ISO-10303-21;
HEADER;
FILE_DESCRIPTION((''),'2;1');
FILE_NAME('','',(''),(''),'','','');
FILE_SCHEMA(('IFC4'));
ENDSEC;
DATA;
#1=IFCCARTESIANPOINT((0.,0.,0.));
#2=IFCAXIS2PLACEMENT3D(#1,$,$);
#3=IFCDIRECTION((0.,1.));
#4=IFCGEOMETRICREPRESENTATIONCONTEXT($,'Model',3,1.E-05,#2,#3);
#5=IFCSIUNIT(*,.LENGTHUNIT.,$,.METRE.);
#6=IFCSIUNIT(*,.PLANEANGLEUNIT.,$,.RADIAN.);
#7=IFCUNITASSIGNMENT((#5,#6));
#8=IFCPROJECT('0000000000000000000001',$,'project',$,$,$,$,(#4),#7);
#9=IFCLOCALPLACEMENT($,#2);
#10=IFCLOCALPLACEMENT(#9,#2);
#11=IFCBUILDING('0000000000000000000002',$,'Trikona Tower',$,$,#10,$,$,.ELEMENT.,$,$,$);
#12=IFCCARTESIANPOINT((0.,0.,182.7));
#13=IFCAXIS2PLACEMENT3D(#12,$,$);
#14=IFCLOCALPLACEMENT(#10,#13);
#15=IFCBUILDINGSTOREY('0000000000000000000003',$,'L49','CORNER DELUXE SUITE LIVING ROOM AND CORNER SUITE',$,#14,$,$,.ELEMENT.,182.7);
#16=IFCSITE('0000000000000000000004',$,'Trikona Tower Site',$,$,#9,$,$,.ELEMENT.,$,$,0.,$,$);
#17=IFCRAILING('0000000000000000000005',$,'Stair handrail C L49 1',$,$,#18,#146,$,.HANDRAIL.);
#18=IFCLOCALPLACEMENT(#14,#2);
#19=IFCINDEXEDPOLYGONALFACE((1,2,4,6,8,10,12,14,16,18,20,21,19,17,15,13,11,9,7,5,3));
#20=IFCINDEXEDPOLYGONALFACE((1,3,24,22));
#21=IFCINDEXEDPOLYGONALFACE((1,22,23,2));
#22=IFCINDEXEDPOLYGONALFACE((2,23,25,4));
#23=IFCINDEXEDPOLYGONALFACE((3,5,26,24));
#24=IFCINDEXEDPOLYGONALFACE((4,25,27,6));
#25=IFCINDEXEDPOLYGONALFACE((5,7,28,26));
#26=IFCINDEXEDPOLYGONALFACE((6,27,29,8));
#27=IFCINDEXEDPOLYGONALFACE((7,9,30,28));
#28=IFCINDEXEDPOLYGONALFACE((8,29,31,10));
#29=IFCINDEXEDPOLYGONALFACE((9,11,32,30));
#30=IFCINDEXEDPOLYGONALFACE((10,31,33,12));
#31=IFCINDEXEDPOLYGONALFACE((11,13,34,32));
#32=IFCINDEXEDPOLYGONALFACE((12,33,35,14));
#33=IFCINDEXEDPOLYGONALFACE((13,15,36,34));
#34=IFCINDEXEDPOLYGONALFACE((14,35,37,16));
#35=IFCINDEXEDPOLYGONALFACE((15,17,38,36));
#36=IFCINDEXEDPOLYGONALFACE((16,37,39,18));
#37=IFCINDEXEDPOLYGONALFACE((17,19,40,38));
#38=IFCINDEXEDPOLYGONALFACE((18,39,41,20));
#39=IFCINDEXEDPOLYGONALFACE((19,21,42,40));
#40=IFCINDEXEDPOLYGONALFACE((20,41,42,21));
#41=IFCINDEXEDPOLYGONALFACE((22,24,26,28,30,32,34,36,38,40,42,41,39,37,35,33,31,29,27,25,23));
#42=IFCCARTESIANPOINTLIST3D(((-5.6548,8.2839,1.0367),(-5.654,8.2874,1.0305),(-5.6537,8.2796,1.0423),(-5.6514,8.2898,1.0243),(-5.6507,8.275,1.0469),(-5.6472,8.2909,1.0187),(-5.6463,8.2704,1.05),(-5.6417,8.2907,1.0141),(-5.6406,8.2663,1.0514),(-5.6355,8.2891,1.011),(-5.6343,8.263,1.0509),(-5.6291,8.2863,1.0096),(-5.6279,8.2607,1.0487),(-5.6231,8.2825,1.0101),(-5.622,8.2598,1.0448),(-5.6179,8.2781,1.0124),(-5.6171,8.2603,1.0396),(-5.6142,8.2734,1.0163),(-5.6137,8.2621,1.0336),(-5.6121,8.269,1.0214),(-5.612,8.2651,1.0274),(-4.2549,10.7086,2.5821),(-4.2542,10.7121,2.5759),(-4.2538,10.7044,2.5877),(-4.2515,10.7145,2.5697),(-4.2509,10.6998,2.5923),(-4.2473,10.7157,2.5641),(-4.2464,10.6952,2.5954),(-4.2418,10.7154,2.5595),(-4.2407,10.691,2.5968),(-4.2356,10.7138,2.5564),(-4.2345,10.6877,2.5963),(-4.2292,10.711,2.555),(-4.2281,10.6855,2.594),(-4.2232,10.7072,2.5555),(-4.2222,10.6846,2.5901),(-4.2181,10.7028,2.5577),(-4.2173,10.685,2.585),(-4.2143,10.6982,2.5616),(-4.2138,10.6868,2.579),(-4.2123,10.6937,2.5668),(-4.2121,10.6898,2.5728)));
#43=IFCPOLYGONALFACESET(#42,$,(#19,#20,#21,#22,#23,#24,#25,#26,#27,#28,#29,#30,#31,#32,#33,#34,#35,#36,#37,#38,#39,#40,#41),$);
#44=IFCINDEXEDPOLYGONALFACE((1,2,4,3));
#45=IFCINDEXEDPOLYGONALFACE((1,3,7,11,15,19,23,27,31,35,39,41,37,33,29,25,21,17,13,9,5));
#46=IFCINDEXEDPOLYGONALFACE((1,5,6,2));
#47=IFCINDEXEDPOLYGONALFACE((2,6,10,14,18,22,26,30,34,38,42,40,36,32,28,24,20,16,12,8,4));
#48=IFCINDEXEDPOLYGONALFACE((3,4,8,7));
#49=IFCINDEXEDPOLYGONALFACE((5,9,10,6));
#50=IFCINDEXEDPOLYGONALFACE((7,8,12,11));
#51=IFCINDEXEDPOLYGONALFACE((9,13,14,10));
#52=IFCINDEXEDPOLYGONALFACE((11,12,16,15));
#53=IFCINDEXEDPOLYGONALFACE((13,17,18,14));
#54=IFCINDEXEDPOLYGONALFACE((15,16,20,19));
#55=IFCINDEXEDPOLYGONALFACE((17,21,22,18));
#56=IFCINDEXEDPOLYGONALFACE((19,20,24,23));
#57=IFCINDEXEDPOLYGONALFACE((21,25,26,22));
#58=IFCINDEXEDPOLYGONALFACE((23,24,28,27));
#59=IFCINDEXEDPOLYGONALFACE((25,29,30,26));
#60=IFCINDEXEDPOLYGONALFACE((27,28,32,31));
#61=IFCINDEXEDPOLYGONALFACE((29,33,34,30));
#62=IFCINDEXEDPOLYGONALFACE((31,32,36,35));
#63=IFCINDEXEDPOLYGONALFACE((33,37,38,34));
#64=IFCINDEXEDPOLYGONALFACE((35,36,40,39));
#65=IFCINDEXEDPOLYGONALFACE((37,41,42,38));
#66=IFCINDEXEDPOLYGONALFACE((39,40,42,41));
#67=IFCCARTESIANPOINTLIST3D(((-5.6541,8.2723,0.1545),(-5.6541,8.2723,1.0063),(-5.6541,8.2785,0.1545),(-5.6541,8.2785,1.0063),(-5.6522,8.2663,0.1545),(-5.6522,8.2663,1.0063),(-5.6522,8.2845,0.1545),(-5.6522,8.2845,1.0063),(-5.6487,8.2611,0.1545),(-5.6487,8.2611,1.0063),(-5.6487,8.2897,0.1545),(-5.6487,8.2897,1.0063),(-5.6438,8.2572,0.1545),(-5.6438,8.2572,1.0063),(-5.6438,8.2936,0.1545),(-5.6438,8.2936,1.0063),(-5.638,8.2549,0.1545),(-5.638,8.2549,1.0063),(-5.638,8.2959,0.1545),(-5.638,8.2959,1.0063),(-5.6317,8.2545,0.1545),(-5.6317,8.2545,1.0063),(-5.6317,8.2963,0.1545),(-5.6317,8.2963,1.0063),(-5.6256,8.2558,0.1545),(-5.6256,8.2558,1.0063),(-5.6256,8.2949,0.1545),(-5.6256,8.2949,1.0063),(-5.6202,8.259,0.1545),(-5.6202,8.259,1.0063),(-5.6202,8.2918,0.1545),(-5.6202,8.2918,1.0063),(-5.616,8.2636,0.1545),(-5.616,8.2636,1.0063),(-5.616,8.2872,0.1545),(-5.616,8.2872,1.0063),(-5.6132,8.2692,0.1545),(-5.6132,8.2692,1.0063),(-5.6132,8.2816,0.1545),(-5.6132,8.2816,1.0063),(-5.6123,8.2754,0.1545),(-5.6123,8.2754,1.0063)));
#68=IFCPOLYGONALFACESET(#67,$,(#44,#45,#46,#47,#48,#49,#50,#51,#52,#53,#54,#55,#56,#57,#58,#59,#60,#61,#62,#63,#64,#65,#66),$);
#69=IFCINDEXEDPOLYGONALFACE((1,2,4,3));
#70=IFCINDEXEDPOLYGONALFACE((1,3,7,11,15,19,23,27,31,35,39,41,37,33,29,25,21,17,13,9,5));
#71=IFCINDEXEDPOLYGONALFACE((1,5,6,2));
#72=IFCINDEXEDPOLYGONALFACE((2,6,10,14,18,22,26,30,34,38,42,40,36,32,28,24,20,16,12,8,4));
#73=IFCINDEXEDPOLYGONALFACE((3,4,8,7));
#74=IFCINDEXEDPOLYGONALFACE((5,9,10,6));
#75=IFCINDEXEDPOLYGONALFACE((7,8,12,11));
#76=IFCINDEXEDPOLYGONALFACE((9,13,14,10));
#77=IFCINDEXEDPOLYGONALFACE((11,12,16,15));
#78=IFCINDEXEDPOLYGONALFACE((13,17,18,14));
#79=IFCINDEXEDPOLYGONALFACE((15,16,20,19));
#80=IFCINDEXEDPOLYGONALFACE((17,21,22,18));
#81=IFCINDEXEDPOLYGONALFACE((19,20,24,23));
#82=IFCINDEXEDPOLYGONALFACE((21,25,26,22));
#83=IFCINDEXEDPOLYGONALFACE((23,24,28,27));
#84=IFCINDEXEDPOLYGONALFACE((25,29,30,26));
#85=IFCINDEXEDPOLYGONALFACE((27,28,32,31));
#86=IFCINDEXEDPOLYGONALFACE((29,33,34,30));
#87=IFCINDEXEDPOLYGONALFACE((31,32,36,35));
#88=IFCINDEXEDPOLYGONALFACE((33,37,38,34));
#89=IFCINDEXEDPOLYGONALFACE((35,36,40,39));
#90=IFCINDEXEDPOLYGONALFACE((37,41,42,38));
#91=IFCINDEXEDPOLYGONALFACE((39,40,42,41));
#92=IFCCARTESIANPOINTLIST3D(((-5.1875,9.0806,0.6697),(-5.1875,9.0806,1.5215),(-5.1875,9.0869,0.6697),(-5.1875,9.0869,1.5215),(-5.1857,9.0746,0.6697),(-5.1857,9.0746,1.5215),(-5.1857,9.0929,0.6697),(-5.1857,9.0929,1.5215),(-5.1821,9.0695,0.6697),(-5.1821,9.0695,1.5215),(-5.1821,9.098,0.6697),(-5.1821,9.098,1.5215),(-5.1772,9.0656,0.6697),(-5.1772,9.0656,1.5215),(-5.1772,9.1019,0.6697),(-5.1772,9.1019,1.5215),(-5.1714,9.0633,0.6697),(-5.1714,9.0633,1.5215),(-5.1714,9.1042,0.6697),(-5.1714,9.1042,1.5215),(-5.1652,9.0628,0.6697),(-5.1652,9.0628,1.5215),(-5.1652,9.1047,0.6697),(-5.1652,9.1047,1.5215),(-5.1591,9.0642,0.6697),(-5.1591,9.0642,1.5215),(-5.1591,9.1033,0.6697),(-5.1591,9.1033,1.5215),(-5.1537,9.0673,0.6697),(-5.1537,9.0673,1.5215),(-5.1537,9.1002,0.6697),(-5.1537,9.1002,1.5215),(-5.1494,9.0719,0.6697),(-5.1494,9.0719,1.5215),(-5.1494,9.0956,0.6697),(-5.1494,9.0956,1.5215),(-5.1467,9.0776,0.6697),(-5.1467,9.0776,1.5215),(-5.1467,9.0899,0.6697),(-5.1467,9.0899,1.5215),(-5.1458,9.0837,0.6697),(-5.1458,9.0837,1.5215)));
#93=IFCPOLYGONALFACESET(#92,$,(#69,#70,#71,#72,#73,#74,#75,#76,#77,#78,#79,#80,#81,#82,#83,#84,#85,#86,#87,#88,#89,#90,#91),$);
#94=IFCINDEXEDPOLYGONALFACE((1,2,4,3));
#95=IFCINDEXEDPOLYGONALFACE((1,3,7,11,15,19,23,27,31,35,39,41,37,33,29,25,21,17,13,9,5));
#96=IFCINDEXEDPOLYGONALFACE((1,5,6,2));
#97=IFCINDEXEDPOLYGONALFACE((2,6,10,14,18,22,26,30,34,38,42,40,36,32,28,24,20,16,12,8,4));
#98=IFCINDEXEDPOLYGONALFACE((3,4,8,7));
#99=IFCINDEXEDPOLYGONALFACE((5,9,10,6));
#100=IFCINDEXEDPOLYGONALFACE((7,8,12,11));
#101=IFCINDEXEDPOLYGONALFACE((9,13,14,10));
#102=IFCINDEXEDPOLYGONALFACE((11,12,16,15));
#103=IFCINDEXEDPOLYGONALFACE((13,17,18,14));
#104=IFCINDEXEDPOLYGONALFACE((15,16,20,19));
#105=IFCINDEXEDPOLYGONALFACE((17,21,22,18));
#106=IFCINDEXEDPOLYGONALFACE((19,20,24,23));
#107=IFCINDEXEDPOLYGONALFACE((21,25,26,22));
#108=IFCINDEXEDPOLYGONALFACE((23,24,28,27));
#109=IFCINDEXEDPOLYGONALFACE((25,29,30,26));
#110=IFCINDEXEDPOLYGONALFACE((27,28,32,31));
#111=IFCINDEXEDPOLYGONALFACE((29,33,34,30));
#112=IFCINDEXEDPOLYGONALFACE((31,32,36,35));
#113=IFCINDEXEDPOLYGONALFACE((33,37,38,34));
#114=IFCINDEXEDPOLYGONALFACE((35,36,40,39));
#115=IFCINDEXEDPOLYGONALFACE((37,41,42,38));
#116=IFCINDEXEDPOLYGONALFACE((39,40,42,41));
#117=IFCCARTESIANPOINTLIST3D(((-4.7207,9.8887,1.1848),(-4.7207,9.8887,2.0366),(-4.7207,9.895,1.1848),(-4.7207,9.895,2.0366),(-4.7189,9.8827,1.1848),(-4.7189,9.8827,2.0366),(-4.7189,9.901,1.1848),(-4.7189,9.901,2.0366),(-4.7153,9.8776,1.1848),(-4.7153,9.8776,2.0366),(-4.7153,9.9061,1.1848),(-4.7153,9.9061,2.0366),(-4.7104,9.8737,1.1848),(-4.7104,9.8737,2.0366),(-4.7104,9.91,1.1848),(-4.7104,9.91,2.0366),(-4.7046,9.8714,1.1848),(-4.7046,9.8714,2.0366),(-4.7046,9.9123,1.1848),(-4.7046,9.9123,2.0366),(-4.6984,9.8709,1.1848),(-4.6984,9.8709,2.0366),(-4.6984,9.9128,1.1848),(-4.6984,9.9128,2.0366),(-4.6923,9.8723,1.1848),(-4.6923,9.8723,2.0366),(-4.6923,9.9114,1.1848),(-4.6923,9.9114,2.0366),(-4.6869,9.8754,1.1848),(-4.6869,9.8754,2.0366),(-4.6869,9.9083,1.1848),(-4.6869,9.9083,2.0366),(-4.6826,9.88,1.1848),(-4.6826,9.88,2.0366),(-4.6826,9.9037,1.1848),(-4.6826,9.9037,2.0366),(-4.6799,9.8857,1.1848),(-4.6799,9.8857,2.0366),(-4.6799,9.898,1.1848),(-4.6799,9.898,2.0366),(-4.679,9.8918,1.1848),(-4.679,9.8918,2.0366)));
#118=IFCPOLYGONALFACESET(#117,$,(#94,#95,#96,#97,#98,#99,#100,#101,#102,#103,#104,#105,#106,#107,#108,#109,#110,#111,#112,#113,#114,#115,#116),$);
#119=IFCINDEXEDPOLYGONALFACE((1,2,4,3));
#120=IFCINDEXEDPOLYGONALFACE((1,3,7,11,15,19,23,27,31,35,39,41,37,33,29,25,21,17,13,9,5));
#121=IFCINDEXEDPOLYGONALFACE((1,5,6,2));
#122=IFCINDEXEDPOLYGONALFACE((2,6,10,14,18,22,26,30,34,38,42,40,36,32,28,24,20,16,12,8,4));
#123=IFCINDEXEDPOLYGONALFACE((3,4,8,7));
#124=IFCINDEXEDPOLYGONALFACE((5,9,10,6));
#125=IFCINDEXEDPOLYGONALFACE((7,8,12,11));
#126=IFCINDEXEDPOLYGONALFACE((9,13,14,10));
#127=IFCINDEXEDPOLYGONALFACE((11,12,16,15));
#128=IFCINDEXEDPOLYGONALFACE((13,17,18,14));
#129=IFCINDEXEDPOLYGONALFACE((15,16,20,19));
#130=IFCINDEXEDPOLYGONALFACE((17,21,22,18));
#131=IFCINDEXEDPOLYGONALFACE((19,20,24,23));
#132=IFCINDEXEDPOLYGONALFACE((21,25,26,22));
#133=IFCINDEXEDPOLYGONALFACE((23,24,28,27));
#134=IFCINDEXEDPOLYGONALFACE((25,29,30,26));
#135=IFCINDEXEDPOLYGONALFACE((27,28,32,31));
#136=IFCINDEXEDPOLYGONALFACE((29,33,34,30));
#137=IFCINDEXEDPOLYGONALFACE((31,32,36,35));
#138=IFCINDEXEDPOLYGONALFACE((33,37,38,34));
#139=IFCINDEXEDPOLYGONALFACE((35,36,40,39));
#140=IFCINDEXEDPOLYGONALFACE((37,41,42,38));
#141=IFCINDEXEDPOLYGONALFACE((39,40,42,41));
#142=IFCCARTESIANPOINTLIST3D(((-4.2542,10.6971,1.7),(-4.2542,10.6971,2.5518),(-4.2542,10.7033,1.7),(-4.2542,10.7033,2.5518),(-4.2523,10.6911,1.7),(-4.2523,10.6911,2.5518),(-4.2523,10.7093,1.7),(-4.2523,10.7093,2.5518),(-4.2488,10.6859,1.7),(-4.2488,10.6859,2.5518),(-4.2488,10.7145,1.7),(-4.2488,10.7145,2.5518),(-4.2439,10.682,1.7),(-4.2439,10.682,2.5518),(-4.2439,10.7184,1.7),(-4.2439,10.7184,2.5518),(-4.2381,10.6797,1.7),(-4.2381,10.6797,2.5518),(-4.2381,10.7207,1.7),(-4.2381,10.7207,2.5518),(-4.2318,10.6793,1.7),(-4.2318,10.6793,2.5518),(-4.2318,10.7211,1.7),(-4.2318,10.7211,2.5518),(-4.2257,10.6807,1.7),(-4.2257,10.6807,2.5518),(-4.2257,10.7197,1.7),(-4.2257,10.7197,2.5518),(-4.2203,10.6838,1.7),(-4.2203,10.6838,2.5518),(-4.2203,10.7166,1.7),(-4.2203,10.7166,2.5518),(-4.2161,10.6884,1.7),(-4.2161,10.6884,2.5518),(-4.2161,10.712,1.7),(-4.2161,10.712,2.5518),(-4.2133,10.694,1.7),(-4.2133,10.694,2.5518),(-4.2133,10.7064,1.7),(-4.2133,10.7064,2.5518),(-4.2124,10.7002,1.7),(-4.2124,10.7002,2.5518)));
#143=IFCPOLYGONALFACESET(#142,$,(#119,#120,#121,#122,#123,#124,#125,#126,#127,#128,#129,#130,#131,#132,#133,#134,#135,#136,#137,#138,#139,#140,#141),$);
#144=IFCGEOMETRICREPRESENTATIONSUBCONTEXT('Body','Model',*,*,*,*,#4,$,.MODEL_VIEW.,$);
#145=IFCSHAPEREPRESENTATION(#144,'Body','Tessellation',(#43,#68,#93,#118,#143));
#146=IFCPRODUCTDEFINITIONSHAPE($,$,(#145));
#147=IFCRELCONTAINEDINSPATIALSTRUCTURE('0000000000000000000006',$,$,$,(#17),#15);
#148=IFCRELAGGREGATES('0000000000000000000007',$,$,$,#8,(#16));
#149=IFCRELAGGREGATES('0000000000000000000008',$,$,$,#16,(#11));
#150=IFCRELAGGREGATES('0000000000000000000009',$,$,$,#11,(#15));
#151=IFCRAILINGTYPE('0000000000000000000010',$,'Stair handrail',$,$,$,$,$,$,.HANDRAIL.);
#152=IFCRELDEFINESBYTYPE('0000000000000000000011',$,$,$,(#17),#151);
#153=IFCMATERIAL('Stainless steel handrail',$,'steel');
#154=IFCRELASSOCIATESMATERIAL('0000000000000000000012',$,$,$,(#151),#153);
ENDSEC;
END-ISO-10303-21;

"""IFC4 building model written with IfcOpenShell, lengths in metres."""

from ifc_helpers import new_model, si_unit, direction, frame, origin, origin_2d, place, context, subcontext, project, spatial, circle, extrude, material, type_object, element, save


model = new_model("IFC4")

# Units and contexts
model_context = context("Model", 3, precision=1e-05, world=origin(), true_north=direction((0.0, 1.0)))
body_context = subcontext(model_context, "Body", "Model", "MODEL_VIEW")
ifc_project = project(units=[si_unit("LENGTHUNIT", "METRE"), si_unit("PLANEANGLEUNIT", "RADIAN")], contexts=[model_context])

# Site, building, storey
site_placement = place(None, origin())
site = spatial("IfcSite", under=ifc_project, at=site_placement, Name="Trikona Tower Site", CompositionType="ELEMENT", RefElevation=0.0)
building_placement = place(site_placement, origin())
building = spatial("IfcBuilding", under=site, at=building_placement, Name="Trikona Tower", CompositionType="ELEMENT")
storey_placement = place(building_placement, frame((0.0, 0.0, 182.7)))
storey = spatial("IfcBuildingStorey", under=building, at=storey_placement, Name="L49", Description="CORNER DELUXE SUITE LIVING ROOM AND CORNER SUITE", CompositionType="ELEMENT", Elevation=182.7)

# Railing
ifc_material_1 = material(Name="Stainless steel handrail", Category="steel")
railing_type = type_object("IfcRailingType", Name="Stair handrail", PredefinedType="HANDRAIL", material=ifc_material_1)
railing_1_placement = place(storey_placement, frame((-5.6333, 8.2754, 0.1545)))
element("IfcRailing", 1, at=railing_1_placement, inside=storey, type_object=railing_type, Name="Stair handrail C L49 1", PredefinedType="HANDRAIL", context=body_context, shape_type="SweptSolid", body=[
    extrude(circle(Radius=0.0239, at=origin_2d()), frame((0.0, 0.0, 0.876), z_axis=(0.437733, 0.758207, 0.483231), x_axis=(-0.866035, 0.499984, 0.0)), (0.0, 0.0, 1.0), 3.198),
    extrude(circle(Radius=0.021, at=origin_2d()), origin(), (0.0, 0.0, 1.0), 0.8518),
    extrude(circle(Radius=0.021, at=origin_2d()), frame((0.4666, 0.8083, 0.5151)), (0.0, 0.0, 1.0), 0.8518),
    extrude(circle(Radius=0.021, at=origin_2d()), frame((0.9333, 1.6165, 1.0303)), (0.0, 0.0, 1.0), 0.8518),
    extrude(circle(Radius=0.021, at=origin_2d()), frame((1.3999, 2.4248, 1.5454)), (0.0, 0.0, 1.0), 0.8518),
])

save(model, "model.ifc")
